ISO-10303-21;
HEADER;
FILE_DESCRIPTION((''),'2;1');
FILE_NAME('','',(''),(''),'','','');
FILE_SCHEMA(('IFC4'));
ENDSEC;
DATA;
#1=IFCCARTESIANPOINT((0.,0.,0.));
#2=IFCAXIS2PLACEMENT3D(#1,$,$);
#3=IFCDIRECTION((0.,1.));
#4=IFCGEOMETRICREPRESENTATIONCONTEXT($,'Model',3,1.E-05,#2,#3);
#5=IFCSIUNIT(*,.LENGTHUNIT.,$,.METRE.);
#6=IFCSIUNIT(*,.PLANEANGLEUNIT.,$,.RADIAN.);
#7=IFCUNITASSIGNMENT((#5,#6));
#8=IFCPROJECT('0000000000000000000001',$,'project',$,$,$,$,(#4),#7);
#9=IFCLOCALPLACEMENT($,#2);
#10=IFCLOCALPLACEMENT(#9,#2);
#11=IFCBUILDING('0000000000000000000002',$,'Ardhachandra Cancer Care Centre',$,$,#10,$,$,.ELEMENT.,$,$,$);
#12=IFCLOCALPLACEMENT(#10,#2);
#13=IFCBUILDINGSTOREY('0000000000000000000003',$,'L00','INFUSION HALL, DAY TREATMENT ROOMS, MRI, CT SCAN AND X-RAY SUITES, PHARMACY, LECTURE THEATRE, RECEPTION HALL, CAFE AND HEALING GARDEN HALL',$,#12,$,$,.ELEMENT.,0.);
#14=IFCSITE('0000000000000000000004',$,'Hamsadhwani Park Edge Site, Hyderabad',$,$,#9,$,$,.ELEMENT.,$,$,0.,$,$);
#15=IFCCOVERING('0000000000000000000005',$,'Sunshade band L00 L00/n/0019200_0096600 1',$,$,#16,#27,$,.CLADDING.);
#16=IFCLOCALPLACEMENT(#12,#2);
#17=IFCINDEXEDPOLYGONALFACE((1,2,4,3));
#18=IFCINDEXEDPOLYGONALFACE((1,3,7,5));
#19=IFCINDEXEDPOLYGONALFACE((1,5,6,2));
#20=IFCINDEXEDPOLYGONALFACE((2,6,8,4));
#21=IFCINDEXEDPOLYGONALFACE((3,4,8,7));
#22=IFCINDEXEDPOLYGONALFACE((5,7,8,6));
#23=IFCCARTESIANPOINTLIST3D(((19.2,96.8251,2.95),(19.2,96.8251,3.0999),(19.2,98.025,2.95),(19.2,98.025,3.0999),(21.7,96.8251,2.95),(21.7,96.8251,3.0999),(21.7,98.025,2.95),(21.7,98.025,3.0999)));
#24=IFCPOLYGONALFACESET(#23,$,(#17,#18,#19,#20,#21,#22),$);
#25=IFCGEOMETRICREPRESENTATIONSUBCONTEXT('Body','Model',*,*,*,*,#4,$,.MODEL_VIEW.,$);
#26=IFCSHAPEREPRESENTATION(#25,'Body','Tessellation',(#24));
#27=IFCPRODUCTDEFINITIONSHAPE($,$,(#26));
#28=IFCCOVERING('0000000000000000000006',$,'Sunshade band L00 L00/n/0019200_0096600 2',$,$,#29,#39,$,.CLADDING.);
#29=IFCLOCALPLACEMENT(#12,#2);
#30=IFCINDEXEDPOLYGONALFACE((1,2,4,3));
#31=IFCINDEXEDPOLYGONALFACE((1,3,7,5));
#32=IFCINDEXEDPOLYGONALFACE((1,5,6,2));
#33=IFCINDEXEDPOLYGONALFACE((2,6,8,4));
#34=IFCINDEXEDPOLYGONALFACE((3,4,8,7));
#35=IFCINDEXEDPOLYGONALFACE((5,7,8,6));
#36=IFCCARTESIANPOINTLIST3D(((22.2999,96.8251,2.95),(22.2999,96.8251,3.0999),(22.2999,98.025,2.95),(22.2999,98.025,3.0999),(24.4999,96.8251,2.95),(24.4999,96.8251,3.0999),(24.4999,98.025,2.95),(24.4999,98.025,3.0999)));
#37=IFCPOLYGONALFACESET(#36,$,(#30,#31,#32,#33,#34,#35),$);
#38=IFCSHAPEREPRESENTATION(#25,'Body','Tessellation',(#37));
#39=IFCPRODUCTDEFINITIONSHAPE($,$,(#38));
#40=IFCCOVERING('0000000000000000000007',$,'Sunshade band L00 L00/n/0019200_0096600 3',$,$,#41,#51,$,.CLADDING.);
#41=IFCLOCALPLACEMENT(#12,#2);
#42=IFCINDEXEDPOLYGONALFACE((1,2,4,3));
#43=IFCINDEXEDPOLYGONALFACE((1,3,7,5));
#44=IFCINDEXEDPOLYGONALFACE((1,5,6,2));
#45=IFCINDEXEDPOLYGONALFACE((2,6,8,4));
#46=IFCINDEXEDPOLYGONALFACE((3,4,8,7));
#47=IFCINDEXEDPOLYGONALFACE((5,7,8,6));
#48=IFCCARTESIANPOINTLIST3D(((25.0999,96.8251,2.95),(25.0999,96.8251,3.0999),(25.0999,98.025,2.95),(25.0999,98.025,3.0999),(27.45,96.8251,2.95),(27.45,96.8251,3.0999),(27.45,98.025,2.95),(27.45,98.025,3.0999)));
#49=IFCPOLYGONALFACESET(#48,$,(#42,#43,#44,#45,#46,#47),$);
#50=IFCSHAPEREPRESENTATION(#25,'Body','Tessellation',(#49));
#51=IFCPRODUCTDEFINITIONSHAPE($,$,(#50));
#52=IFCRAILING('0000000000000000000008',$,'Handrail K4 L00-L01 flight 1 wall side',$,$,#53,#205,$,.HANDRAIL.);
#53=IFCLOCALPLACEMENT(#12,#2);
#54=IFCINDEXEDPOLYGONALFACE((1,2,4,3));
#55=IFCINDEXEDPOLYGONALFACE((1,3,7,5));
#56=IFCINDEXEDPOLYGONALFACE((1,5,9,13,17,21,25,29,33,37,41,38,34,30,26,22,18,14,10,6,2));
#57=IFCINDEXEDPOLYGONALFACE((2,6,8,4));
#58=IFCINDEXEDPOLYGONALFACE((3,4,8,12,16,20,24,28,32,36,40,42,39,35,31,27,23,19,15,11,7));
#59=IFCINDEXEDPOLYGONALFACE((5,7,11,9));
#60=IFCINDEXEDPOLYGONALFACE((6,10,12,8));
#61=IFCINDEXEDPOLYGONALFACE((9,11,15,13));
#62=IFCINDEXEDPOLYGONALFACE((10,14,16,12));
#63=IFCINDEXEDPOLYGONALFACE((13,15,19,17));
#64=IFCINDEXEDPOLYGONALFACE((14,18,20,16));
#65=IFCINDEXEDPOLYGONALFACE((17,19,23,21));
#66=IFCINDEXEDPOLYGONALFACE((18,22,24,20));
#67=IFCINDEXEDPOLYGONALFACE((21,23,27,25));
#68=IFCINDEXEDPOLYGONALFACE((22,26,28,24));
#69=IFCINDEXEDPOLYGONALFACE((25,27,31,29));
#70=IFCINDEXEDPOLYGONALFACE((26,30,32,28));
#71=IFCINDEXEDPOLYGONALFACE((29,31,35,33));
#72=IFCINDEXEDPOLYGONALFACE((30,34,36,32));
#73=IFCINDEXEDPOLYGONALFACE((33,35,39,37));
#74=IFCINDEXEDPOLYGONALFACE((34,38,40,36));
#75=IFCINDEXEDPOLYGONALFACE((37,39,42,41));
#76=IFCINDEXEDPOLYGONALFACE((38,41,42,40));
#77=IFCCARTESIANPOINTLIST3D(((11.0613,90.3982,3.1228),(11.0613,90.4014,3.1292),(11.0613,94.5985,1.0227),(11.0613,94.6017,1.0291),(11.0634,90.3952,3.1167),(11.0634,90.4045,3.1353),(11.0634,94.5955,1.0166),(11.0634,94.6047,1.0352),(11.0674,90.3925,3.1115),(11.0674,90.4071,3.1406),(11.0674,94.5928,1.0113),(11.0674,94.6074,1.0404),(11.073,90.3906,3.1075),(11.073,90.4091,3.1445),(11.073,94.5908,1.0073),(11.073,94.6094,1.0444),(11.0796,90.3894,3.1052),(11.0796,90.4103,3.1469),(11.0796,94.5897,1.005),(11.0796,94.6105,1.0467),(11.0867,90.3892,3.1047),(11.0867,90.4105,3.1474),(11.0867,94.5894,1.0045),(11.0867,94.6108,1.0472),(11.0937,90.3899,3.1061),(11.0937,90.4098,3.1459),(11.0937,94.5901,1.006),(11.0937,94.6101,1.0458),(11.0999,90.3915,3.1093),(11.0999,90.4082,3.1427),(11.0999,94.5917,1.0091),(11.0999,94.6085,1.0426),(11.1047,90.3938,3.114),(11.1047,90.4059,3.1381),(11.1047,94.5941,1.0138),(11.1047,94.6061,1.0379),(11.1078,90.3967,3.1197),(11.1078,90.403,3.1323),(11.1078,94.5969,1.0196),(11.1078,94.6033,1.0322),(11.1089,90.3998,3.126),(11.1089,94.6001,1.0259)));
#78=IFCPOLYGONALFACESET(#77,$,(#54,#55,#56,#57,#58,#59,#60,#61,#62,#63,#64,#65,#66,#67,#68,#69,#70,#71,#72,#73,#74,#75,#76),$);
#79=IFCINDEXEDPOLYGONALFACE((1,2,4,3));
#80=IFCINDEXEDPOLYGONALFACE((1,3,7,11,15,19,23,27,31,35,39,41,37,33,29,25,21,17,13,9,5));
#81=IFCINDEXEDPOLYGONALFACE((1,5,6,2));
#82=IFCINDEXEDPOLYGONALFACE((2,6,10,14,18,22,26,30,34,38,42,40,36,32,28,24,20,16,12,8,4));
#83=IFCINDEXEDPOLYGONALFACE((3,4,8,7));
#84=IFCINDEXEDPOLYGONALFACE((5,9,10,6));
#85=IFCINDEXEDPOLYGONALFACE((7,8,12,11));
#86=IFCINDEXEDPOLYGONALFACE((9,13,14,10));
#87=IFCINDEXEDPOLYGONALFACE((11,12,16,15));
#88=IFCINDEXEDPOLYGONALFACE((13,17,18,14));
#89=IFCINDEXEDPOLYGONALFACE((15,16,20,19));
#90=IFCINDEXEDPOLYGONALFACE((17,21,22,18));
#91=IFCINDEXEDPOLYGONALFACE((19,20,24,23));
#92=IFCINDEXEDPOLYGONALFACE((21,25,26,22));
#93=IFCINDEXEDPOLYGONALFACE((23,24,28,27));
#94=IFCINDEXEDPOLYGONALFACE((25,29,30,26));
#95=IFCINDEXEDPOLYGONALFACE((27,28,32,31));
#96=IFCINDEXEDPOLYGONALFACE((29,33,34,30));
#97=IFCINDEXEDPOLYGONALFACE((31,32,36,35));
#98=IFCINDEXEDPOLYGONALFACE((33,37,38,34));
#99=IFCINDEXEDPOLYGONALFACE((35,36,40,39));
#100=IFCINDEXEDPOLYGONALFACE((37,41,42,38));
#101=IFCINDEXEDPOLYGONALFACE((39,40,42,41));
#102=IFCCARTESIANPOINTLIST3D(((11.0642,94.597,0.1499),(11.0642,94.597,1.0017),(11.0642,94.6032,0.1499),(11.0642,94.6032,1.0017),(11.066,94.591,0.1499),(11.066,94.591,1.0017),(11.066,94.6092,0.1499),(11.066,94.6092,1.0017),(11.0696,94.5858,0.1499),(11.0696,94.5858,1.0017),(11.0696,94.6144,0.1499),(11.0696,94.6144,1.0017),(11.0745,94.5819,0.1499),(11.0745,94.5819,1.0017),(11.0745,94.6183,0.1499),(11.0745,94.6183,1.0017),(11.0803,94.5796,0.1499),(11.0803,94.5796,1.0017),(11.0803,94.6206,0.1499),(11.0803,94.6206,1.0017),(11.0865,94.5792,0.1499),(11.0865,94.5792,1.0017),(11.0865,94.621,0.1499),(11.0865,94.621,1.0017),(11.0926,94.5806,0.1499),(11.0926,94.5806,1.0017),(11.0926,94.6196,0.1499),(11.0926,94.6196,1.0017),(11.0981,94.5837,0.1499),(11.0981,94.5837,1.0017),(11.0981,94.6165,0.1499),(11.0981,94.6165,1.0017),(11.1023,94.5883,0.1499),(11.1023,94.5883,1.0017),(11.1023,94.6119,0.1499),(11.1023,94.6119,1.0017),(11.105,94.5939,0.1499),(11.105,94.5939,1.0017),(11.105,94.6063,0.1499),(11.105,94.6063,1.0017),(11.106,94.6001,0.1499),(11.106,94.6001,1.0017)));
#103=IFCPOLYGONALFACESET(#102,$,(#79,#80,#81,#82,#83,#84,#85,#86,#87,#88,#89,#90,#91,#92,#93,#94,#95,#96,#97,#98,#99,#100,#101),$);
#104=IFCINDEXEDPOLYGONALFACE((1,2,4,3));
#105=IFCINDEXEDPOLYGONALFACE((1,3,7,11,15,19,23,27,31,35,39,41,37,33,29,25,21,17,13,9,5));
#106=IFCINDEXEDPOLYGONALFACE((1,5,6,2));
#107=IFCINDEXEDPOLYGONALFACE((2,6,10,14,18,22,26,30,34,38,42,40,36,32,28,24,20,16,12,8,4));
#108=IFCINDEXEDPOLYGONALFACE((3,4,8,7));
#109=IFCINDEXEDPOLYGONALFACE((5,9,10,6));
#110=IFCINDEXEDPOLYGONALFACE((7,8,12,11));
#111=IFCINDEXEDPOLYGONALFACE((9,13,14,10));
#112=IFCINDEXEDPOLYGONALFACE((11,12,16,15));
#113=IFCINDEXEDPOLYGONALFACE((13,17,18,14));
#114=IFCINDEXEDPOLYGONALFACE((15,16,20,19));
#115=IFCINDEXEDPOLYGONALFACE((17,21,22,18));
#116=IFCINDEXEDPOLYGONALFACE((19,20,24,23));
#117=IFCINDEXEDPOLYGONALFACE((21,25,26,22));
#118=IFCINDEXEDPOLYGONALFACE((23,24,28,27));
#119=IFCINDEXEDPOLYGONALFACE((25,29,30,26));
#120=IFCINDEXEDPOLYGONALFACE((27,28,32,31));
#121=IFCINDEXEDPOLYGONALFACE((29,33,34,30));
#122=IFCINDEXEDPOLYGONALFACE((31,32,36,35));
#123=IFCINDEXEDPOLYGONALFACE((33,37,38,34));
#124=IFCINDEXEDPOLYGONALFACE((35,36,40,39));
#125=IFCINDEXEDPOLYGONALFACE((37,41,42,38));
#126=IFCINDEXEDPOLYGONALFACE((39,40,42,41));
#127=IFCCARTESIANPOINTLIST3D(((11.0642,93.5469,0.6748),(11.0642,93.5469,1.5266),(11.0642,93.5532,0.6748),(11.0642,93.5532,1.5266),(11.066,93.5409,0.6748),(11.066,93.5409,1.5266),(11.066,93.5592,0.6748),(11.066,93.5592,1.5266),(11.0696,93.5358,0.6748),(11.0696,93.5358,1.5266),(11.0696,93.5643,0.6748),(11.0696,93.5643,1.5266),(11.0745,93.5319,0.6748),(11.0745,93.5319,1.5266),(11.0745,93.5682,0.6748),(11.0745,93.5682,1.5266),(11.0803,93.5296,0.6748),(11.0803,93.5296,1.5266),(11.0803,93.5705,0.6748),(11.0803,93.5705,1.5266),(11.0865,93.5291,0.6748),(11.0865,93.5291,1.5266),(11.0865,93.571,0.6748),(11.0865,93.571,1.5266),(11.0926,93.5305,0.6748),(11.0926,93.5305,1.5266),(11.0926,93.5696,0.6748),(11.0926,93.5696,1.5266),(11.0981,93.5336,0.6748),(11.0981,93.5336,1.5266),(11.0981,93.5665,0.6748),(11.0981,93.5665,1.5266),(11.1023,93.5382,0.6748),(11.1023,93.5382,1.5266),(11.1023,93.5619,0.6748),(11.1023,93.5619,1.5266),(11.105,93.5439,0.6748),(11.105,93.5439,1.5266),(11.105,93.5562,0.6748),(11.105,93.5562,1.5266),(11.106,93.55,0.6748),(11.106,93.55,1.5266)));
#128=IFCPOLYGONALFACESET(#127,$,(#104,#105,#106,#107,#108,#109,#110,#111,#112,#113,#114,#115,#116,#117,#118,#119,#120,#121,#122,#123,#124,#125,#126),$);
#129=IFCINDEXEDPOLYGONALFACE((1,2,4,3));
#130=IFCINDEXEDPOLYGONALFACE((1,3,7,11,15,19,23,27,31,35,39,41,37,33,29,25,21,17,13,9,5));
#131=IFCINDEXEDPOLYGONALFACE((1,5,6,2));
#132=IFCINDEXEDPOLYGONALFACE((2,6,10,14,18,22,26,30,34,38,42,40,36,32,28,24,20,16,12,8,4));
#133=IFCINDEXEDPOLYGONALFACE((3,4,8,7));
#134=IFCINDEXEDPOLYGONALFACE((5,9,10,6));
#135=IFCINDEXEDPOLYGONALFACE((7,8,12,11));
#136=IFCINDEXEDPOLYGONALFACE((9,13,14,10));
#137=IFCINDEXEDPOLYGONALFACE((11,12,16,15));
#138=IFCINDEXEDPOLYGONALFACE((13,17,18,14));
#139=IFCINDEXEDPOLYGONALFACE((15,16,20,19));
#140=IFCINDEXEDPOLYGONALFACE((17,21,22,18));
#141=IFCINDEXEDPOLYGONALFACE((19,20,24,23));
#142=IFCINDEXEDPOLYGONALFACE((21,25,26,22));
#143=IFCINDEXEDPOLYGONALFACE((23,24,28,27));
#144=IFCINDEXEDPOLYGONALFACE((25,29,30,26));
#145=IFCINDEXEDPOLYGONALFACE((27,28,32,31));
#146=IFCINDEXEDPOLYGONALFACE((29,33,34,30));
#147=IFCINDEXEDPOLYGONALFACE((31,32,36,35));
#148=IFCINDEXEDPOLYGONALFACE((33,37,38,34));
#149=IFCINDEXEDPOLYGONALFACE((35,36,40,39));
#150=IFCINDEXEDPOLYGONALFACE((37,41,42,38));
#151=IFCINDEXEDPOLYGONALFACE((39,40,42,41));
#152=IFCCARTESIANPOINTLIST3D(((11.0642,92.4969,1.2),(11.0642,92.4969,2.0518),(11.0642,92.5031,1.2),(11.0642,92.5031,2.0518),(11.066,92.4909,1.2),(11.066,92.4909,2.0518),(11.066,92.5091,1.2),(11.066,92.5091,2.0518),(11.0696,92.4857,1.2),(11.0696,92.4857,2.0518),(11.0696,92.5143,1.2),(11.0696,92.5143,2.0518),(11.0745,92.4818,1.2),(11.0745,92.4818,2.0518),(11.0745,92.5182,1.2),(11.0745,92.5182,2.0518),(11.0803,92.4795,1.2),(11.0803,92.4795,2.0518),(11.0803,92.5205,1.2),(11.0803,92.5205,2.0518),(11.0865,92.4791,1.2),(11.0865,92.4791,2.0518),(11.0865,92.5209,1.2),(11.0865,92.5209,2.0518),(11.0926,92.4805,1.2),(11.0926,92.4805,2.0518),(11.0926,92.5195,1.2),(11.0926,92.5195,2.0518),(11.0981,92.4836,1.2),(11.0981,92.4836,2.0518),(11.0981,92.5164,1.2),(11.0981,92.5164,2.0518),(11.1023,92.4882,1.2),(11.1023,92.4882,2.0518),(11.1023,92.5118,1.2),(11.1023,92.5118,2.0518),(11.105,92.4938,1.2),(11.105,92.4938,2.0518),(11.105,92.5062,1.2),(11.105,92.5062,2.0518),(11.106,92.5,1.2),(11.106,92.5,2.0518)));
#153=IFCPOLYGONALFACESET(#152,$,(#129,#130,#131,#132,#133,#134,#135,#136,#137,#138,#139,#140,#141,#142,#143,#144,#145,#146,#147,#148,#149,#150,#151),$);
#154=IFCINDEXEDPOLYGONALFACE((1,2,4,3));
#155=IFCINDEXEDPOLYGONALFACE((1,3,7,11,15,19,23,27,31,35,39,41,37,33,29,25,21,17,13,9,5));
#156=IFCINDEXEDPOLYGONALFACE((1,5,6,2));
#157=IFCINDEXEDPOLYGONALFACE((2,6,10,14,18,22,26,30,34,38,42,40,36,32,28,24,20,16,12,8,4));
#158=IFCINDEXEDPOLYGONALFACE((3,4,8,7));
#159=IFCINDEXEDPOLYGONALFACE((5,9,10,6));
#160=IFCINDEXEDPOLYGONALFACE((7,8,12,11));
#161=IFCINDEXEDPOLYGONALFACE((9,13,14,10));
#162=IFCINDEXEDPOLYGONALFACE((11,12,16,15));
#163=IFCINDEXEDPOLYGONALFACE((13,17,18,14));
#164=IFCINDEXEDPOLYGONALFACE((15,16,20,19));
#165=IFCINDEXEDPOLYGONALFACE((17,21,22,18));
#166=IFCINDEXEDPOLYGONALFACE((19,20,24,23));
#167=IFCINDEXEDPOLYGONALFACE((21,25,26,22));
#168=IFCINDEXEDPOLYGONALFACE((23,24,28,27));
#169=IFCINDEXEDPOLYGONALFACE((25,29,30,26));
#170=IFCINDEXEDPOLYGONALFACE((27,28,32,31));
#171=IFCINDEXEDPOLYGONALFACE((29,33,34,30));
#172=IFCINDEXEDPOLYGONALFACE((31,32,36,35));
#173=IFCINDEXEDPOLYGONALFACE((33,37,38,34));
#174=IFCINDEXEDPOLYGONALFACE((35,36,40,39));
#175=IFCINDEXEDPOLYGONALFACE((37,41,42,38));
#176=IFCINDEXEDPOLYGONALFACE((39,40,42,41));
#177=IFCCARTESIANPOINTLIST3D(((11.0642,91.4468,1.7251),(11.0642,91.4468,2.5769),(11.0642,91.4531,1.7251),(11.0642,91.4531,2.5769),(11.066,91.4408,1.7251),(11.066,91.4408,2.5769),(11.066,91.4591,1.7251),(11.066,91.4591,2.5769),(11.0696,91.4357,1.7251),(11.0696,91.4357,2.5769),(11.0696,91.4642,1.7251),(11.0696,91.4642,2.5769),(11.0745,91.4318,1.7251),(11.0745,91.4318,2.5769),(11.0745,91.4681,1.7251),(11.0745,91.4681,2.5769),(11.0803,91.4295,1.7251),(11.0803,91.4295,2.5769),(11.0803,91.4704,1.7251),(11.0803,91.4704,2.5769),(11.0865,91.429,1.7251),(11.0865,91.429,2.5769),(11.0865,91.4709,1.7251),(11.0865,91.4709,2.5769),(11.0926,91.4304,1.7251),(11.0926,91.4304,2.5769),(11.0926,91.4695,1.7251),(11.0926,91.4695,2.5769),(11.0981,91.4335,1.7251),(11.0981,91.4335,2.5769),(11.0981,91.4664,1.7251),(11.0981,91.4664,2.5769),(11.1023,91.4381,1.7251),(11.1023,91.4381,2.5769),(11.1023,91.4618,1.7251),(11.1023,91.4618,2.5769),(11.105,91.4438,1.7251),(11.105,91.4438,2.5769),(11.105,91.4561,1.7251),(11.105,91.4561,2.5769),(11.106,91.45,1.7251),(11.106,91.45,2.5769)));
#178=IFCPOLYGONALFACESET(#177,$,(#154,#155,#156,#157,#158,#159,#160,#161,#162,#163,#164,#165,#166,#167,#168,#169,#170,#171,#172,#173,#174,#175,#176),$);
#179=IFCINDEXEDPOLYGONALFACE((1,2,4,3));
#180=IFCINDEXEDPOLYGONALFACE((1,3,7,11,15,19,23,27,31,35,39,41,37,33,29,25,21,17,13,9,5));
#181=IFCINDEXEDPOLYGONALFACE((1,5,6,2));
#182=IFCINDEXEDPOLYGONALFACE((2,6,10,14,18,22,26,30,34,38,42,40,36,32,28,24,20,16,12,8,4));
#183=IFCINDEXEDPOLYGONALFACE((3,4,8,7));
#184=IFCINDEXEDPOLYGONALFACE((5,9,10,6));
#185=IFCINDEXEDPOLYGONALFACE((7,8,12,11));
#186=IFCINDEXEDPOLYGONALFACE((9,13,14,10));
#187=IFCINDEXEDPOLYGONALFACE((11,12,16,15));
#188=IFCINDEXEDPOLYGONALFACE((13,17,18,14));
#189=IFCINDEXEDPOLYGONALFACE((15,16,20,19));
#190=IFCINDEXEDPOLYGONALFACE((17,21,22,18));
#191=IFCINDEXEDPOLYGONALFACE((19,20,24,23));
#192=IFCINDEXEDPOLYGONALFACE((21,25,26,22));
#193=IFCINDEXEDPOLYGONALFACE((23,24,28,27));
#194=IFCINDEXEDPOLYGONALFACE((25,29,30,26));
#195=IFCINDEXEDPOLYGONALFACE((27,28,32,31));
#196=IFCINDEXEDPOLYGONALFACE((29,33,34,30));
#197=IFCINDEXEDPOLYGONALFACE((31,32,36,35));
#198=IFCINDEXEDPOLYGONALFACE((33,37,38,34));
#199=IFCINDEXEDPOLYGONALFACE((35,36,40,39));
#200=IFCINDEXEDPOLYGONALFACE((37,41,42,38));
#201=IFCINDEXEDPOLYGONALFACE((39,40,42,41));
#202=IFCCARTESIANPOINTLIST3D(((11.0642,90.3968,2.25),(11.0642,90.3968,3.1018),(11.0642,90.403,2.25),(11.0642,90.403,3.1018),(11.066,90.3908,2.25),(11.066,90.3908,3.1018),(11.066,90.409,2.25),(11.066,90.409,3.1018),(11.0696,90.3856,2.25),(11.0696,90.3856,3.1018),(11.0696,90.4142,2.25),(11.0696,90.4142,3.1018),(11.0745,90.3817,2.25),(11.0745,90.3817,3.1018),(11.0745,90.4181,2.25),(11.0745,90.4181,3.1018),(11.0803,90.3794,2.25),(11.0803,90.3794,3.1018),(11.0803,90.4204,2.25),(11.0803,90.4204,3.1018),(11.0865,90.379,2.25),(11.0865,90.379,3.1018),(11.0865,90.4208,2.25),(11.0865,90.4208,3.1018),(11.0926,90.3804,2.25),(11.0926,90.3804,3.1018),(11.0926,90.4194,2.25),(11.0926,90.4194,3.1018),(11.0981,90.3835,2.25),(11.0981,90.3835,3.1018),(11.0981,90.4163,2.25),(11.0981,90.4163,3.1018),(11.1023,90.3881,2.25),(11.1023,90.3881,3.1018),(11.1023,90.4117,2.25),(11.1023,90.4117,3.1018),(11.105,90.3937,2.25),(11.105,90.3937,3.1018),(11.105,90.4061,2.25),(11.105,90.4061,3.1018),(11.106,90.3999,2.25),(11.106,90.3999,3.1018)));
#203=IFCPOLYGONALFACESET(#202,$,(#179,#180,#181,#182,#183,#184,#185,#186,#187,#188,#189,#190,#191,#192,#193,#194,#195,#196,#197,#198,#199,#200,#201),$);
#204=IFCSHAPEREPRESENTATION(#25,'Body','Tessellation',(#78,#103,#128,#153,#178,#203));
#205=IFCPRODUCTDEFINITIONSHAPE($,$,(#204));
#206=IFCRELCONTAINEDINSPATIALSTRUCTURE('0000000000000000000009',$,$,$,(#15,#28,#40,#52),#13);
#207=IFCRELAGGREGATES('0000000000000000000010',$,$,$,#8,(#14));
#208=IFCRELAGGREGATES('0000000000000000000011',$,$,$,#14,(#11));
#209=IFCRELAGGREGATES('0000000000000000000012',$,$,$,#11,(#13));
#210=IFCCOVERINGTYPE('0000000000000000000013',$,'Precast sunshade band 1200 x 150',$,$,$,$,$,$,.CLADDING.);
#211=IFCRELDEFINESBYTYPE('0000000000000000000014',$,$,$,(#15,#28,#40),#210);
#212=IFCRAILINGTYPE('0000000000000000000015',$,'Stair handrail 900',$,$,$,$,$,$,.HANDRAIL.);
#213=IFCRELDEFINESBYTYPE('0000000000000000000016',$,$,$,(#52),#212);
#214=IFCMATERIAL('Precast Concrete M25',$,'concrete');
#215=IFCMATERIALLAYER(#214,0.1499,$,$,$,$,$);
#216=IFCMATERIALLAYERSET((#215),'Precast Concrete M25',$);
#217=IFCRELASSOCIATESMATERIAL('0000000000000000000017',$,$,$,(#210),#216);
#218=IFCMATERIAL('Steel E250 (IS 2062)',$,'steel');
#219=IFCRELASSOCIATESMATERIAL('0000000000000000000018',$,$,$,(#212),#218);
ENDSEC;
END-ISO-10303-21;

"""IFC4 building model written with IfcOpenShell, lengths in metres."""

from ifc_helpers import new_model, si_unit, direction, frame, origin, origin_2d, place, context, subcontext, project, spatial, rectangle, circle, extrude, material, layer, layer_set, type_object, element, save


model = new_model("IFC4")

# Units and contexts
model_context = context("Model", 3, precision=1e-05, world=origin(), true_north=direction((0.0, 1.0)))
body_context = subcontext(model_context, "Body", "Model", "MODEL_VIEW")
ifc_project = project(units=[si_unit("LENGTHUNIT", "METRE"), si_unit("PLANEANGLEUNIT", "RADIAN")], contexts=[model_context])

# Site, building, storey
site_placement = place(None, origin())
site = spatial("IfcSite", under=ifc_project, at=site_placement, Name="Hamsadhwani Park Edge Site, Hyderabad", CompositionType="ELEMENT", RefElevation=0.0)
building_placement = place(site_placement, origin())
building = spatial("IfcBuilding", under=site, at=building_placement, Name="Ardhachandra Cancer Care Centre", CompositionType="ELEMENT")
storey_placement = place(building_placement, origin())
storey = spatial("IfcBuildingStorey", under=building, at=storey_placement, Name="L00", Description="INFUSION HALL, DAY TREATMENT ROOMS, MRI, CT SCAN AND X-RAY SUITES, PHARMACY, LECTURE THEATRE, RECEPTION HALL, CAFE AND HEALING GARDEN HALL", CompositionType="ELEMENT", Elevation=0.0)

# Coverings
ifc_material_1 = material(Name="Precast Concrete M25", Category="concrete")
ifc_layer_1 = layer(ifc_material_1, 0.1499)
ifc_layer_set_1 = layer_set([ifc_layer_1], Name="Precast Concrete M25")
covering_type_1 = type_object("IfcCoveringType", Name="Precast sunshade band 1200 x 150", PredefinedType="CLADDING", material=ifc_layer_set_1)
covering_1_placement = place(storey_placement, frame((20.45, 97.425, 2.95), z_axis=(0.0, 0.0, 1.0), x_axis=(1.0, 0.0, 0.0)))
element("IfcCovering", 1, at=covering_1_placement, inside=storey, type_object=covering_type_1, Name="Sunshade band L00 L00/n/0019200_0096600 1", PredefinedType="CLADDING", context=body_context, shape_type="SweptSolid", body=[
    extrude(rectangle(XDim=2.5, YDim=1.2, at=origin_2d()), origin(), (0.0, 0.0, 1.0), 0.1499),
])
covering_2_placement = place(storey_placement, frame((23.3999, 97.425, 2.95), z_axis=(0.0, 0.0, 1.0), x_axis=(1.0, 0.0, 0.0)))
element("IfcCovering", 2, at=covering_2_placement, inside=storey, type_object=covering_type_1, Name="Sunshade band L00 L00/n/0019200_0096600 2", PredefinedType="CLADDING", context=body_context, shape_type="SweptSolid", body=[
    extrude(rectangle(XDim=2.2, YDim=1.2, at=origin_2d()), origin(), (0.0, 0.0, 1.0), 0.1499),
])
covering_3_placement = place(storey_placement, frame((26.2749, 97.425, 2.95), z_axis=(0.0, 0.0, 1.0), x_axis=(1.0, 0.0, 0.0)))
element("IfcCovering", 3, at=covering_3_placement, inside=storey, type_object=covering_type_1, Name="Sunshade band L00 L00/n/0019200_0096600 3", PredefinedType="CLADDING", context=body_context, shape_type="SweptSolid", body=[
    extrude(rectangle(XDim=2.3501, YDim=1.2, at=origin_2d()), origin(), (0.0, 0.0, 1.0), 0.1499),
])

# Railing
ifc_material_2 = material(Name="Steel E250 (IS 2062)", Category="steel")
railing_type_1 = type_object("IfcRailingType", Name="Stair handrail 900", PredefinedType="HANDRAIL", material=ifc_material_2)
for number, where, name in (
    (4, (11.085, 94.6001, 0.1499), "Handrail K4 L00-L01 flight 1 wall side"),
):
    element("IfcRailing", number, at=place(storey_placement, frame(where)), inside=storey, type_object=railing_type_1, Name=name, PredefinedType="HANDRAIL", context=body_context, shape_type="SweptSolid", body=[
        extrude(circle(Radius=0.0239, at=origin_2d()), frame((0.0, 0.0, 0.876), z_axis=(0.0, -0.894427, 0.447214), x_axis=(1.0, 0.0, 0.0)), (0.0, 0.0, 1.0), 4.696),
        extrude(circle(Radius=0.021, at=origin_2d()), origin(), (0.0, 0.0, 1.0), 0.8518),
        extrude(circle(Radius=0.021, at=origin_2d()), frame((0.0, -1.05, 0.5249)), (0.0, 0.0, 1.0), 0.8518),
        extrude(circle(Radius=0.021, at=origin_2d()), frame((0.0, -2.1001, 1.05)), (0.0, 0.0, 1.0), 0.8518),
        extrude(circle(Radius=0.021, at=origin_2d()), frame((0.0, -3.1501, 1.5752)), (0.0, 0.0, 1.0), 0.8518),
        extrude(circle(Radius=0.021, at=origin_2d()), frame((0.0, -4.2002, 2.1001)), (0.0, 0.0, 1.0), 0.8518),
    ])

save(model, "model.ifc")
